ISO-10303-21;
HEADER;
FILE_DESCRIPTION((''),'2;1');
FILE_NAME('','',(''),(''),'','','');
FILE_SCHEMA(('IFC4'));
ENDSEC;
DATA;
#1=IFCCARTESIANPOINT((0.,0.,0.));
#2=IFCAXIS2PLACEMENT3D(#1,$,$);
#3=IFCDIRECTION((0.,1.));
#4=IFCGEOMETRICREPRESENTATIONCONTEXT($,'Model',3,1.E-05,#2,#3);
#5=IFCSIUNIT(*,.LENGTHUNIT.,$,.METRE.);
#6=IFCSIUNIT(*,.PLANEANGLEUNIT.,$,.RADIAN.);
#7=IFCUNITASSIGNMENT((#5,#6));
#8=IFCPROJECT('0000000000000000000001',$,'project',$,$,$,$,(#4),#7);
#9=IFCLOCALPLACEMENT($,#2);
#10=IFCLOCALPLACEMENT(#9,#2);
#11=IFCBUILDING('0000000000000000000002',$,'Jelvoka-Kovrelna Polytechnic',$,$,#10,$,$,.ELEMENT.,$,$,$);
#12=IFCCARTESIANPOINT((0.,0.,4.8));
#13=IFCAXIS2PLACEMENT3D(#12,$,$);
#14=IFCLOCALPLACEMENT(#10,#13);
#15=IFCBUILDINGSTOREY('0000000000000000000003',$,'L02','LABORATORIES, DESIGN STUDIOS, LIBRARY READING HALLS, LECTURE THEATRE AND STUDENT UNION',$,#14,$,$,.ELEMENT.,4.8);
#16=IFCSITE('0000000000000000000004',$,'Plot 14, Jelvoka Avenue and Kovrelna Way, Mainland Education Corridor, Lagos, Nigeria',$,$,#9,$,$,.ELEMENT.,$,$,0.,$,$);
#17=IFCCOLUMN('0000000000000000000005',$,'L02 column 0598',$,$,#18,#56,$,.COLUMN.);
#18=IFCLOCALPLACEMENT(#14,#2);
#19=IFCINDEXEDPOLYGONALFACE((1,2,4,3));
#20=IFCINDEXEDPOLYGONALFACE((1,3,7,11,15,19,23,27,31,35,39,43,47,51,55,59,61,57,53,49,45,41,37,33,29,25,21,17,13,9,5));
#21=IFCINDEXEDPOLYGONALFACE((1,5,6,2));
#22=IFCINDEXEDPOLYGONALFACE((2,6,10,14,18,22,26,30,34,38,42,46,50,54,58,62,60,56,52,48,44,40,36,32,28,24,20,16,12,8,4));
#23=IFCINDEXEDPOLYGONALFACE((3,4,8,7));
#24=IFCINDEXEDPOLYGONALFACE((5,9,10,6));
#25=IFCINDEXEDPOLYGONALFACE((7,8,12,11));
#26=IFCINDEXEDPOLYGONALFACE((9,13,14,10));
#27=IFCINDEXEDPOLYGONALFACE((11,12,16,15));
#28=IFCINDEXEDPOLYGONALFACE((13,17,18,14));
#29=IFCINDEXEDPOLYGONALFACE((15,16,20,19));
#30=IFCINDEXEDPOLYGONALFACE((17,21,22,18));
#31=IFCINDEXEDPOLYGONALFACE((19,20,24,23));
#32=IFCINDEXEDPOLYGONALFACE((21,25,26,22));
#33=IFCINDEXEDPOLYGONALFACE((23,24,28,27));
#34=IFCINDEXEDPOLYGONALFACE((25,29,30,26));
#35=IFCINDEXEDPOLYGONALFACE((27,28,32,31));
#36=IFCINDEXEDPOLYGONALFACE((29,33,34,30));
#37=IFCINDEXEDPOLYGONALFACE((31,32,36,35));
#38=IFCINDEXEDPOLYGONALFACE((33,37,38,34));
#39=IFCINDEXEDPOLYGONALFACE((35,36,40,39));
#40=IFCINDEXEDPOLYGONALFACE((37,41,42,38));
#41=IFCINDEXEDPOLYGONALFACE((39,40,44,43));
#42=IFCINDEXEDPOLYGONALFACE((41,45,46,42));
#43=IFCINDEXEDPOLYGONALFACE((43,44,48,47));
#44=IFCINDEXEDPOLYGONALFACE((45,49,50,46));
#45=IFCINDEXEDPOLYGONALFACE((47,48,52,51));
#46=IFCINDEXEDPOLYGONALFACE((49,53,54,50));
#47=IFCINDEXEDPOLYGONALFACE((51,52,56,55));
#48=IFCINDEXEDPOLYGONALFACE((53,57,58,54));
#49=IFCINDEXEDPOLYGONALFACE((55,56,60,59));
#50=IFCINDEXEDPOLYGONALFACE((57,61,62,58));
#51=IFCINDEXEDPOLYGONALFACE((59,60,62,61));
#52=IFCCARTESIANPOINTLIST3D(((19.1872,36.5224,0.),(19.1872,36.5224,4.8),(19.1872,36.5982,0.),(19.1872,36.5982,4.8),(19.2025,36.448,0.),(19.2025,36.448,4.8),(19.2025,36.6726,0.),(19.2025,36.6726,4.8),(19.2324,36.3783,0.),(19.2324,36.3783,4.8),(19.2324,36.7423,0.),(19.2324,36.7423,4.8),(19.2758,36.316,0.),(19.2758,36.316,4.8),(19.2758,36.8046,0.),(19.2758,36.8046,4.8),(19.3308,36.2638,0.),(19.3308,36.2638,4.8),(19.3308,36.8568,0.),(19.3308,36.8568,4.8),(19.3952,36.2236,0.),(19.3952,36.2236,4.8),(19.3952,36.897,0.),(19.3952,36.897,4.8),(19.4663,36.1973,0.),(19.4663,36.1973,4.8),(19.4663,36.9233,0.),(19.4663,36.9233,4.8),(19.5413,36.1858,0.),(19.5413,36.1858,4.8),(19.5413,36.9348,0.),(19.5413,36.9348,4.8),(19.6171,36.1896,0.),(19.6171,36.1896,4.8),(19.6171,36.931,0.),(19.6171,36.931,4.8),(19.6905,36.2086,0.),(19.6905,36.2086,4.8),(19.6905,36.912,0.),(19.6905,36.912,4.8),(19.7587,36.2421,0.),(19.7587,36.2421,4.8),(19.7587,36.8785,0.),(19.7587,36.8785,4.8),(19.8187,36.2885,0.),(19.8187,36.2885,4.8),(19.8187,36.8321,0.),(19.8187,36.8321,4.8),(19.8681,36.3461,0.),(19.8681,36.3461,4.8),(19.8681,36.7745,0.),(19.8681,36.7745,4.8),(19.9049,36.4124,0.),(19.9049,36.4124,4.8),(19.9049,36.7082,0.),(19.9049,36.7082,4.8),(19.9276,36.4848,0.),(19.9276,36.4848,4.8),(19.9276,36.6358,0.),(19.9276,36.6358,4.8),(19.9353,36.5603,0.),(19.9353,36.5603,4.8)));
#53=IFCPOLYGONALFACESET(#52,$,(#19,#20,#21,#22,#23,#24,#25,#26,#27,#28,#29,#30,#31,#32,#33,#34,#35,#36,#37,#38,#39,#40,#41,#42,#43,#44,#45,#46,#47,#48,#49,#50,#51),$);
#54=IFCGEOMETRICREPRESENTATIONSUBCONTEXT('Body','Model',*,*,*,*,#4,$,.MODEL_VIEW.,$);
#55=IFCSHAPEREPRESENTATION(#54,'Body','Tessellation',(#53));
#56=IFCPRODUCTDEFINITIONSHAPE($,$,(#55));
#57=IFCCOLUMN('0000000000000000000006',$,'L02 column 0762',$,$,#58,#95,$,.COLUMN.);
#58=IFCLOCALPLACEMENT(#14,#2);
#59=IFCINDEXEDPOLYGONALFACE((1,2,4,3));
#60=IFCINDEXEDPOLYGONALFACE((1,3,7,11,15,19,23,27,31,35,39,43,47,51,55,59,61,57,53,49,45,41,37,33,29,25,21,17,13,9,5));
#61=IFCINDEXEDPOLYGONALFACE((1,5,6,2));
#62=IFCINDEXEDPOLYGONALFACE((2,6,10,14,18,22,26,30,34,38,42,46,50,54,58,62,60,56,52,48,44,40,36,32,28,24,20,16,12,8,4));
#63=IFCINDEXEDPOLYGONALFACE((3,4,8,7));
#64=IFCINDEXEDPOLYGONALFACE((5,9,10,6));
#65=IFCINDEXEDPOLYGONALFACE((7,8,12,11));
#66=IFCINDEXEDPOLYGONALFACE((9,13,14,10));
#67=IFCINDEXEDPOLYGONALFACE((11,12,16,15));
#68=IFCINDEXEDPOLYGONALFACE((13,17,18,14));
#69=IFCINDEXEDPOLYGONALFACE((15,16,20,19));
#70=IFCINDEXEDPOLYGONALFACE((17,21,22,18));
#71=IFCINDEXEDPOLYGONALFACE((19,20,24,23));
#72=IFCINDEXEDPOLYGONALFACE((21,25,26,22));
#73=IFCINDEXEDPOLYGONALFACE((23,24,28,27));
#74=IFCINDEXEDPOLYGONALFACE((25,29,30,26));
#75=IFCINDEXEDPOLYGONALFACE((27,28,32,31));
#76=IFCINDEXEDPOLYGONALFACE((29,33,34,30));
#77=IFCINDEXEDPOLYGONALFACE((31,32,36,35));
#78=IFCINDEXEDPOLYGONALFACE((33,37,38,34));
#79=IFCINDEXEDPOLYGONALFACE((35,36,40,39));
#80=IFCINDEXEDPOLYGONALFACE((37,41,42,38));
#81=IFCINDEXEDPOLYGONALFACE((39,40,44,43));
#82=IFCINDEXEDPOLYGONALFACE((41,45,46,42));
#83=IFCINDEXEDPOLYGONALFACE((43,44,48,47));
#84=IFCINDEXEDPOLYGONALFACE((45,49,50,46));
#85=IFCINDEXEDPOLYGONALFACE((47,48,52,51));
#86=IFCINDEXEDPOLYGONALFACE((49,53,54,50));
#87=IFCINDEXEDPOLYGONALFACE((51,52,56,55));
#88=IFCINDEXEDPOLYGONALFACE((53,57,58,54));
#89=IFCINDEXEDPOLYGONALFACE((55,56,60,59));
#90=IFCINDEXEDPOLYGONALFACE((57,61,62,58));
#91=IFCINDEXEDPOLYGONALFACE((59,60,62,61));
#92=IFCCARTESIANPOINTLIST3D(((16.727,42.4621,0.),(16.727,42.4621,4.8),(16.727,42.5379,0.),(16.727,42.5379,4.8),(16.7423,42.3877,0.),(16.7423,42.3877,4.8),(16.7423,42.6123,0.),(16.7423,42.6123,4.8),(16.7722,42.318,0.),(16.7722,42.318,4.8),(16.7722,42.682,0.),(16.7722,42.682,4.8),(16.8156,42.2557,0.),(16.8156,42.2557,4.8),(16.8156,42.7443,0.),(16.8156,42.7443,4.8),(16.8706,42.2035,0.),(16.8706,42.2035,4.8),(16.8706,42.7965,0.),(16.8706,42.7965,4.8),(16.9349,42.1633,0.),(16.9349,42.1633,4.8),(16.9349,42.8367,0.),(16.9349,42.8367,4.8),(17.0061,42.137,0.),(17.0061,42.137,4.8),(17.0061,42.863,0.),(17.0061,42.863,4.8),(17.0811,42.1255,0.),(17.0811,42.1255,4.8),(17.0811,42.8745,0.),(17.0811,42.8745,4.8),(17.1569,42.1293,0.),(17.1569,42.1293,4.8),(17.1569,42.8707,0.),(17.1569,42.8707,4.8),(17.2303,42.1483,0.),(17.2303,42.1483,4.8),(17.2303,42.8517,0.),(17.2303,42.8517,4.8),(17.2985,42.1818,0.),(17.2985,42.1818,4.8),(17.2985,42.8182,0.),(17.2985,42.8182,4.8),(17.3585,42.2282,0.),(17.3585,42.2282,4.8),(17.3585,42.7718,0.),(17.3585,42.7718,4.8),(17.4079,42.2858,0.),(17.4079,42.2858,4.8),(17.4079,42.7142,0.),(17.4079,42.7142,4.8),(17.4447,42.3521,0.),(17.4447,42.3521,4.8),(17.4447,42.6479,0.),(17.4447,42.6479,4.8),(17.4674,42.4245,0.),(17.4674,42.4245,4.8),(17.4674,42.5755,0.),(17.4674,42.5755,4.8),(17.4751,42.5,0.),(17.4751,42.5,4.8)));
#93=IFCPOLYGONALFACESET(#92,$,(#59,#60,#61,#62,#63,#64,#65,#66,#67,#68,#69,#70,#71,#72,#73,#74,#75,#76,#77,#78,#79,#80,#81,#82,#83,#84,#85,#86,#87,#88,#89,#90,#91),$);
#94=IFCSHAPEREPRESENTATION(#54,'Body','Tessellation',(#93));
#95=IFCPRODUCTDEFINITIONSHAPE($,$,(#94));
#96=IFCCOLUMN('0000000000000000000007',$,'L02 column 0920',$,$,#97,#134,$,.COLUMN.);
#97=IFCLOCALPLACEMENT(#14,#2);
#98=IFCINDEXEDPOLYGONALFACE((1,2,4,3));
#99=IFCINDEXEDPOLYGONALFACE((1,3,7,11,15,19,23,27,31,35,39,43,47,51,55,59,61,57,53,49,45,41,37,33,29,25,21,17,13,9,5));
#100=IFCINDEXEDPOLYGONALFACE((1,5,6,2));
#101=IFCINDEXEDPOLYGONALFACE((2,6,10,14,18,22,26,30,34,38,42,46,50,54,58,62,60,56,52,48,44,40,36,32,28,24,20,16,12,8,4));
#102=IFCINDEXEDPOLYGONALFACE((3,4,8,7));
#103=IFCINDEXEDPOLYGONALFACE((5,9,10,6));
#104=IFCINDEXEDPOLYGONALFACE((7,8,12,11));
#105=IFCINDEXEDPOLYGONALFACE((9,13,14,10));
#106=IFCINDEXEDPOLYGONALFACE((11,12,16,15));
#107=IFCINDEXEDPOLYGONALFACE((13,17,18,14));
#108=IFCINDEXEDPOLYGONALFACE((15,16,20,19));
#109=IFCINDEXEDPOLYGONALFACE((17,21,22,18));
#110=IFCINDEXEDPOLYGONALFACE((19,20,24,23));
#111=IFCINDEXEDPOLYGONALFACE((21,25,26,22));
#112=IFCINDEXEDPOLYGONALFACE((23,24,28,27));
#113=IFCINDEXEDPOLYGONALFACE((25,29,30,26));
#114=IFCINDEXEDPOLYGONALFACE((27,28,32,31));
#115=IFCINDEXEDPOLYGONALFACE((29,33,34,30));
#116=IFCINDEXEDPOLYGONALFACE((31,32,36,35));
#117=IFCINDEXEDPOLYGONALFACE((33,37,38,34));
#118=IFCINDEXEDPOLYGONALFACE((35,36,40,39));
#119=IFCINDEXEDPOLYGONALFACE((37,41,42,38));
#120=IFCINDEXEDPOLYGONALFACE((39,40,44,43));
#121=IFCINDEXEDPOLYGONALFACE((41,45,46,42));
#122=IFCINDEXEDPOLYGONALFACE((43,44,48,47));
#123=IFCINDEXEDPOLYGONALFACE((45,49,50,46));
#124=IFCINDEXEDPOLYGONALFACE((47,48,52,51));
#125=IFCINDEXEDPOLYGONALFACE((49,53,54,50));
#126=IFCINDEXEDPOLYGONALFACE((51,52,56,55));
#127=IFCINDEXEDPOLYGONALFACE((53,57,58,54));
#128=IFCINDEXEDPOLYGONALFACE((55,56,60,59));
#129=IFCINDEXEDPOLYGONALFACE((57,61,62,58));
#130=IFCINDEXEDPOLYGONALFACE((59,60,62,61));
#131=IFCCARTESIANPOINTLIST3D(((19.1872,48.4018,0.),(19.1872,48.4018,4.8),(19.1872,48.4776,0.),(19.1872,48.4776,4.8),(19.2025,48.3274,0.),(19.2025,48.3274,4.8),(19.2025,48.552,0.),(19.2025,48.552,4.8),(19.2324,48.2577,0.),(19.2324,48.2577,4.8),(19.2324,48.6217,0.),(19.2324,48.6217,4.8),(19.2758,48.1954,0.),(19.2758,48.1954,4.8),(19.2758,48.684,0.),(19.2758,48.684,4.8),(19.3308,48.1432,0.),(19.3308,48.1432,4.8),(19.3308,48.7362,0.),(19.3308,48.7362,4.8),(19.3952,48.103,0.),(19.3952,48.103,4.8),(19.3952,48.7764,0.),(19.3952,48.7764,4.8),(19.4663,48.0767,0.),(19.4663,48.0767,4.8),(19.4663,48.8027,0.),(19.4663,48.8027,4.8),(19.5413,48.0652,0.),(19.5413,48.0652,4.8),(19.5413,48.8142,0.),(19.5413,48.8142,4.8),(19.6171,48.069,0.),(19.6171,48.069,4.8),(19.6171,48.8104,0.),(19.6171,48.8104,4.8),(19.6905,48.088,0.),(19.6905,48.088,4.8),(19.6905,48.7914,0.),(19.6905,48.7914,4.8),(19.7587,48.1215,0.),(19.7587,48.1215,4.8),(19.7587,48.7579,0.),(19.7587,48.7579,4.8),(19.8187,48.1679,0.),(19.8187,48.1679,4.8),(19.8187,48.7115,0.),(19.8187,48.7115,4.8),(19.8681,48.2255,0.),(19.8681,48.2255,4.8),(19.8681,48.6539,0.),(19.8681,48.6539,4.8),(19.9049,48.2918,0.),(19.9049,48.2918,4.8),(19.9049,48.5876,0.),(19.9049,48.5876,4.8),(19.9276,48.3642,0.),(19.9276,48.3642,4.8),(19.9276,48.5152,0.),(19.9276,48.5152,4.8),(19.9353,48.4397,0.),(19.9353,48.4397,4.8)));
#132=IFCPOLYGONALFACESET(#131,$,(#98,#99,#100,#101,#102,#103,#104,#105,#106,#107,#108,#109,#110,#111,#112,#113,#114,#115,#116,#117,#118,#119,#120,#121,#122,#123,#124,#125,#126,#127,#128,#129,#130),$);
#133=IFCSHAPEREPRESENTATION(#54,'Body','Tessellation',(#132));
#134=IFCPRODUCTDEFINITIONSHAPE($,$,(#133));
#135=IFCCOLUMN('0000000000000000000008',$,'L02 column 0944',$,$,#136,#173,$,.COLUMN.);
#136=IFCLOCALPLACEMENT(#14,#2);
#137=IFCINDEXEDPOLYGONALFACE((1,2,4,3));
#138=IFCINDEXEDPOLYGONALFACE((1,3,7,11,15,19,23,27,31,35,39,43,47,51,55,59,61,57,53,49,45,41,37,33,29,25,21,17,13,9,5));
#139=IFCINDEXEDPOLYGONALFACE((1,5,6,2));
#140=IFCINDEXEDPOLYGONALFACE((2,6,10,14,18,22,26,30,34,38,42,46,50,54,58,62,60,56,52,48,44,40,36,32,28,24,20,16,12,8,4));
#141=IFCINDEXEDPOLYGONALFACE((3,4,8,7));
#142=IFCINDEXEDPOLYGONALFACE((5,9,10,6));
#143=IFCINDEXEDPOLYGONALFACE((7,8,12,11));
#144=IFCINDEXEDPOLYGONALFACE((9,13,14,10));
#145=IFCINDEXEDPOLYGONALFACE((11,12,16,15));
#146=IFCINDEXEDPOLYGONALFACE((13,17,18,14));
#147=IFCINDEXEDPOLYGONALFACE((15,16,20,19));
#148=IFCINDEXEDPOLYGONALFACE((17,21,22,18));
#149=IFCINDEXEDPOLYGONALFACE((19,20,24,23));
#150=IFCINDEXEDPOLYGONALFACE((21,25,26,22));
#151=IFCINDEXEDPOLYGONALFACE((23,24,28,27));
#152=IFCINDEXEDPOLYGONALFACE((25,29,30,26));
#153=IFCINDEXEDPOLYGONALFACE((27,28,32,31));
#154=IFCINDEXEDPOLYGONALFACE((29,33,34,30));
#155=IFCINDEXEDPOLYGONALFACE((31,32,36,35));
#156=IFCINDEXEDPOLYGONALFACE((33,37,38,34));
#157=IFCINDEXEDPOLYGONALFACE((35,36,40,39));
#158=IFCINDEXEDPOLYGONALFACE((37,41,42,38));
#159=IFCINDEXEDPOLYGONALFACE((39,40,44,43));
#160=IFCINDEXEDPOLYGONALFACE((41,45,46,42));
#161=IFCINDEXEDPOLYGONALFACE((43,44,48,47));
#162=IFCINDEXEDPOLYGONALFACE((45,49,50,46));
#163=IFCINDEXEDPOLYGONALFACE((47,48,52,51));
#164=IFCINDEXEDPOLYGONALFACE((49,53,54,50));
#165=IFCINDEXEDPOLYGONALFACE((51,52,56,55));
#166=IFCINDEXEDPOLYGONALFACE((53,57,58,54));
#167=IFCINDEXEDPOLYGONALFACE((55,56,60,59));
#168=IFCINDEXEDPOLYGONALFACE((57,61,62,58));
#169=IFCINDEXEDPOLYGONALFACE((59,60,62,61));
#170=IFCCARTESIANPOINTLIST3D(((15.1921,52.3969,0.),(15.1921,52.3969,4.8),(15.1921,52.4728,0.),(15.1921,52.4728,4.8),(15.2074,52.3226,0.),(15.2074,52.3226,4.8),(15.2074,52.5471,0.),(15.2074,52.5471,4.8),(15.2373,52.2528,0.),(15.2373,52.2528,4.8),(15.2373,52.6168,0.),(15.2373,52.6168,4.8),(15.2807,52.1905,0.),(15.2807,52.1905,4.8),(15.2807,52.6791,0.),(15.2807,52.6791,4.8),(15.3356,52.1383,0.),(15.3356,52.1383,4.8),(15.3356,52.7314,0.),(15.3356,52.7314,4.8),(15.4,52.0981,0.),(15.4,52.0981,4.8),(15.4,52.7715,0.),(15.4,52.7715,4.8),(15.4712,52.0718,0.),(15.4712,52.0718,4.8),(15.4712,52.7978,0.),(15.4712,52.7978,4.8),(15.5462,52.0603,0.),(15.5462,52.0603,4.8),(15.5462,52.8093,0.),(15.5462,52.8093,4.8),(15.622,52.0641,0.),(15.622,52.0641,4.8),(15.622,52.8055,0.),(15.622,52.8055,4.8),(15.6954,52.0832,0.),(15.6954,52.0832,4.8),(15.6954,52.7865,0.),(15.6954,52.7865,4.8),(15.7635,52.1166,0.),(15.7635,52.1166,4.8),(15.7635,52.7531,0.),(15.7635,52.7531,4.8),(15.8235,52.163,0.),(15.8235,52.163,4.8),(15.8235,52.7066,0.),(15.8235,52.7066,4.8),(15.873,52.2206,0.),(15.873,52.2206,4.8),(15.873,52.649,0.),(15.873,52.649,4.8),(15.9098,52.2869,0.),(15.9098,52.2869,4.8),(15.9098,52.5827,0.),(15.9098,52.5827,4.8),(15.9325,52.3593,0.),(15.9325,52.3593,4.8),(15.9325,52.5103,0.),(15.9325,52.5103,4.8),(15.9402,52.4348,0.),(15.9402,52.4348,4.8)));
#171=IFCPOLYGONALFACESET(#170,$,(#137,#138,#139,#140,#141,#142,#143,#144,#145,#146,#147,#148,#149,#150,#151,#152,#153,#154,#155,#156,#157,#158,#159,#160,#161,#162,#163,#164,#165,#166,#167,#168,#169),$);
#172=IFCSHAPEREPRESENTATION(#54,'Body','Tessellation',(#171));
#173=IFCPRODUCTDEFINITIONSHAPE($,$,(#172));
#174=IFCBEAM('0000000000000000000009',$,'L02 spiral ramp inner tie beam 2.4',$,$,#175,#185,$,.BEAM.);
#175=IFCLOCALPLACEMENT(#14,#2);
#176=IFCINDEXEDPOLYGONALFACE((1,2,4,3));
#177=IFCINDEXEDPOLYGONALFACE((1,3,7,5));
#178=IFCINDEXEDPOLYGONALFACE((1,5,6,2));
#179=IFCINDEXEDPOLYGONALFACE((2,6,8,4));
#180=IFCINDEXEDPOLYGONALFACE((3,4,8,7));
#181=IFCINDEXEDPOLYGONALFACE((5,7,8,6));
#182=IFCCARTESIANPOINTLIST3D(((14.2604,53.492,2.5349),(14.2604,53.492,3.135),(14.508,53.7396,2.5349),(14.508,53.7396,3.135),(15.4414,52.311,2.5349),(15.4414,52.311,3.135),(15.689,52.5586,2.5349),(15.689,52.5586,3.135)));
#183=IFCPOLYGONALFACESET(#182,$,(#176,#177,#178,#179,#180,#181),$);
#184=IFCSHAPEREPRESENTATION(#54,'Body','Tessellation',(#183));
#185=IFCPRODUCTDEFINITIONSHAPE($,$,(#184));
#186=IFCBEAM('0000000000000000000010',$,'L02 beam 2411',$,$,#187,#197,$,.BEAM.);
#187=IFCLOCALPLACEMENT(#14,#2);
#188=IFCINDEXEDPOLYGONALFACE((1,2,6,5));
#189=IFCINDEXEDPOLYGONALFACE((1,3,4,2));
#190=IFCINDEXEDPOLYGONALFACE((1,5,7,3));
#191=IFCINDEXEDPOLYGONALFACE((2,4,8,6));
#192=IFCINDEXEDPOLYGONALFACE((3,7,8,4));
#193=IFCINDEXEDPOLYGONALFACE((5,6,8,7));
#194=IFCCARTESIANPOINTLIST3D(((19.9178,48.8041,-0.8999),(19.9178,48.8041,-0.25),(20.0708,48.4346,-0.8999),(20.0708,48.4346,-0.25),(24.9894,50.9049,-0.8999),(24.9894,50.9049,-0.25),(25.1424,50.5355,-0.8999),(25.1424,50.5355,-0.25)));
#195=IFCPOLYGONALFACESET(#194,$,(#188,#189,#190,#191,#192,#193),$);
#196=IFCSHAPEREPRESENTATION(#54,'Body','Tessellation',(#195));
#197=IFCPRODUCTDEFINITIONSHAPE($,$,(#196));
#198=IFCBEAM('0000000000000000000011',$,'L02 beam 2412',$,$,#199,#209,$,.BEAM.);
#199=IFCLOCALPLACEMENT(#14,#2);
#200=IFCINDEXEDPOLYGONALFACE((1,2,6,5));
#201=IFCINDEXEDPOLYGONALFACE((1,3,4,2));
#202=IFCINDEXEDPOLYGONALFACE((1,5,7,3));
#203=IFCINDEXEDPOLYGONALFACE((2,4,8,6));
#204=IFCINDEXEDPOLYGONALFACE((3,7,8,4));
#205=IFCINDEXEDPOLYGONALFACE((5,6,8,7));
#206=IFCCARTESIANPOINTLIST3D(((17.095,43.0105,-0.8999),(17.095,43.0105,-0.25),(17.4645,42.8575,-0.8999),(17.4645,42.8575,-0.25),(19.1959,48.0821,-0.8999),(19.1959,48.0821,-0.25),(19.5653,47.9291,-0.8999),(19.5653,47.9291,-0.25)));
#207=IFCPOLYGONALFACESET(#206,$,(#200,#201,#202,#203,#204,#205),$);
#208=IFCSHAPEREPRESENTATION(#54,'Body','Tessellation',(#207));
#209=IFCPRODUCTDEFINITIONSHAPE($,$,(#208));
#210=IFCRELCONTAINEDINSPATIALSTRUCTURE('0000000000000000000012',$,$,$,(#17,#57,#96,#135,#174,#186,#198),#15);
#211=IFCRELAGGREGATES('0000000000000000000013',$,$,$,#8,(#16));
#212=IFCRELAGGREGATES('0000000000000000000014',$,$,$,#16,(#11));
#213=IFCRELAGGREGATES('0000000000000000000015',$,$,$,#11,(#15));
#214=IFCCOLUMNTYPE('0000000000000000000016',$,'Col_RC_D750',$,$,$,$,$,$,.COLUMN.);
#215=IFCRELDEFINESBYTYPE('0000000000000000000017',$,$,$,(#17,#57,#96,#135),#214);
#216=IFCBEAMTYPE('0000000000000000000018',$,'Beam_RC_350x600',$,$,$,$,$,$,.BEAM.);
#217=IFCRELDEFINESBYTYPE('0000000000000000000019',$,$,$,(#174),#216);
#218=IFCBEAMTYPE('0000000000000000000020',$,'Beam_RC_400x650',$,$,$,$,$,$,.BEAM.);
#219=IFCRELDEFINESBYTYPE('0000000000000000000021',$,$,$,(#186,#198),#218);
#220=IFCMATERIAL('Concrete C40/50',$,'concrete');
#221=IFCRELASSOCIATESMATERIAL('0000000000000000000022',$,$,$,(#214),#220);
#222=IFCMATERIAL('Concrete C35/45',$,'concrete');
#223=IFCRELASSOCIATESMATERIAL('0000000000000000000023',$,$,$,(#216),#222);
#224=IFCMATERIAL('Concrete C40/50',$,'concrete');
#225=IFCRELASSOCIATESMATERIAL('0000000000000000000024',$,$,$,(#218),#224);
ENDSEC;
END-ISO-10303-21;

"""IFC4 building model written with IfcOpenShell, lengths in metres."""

from ifc_helpers import new_model, si_unit, direction, frame, origin, origin_2d, place, context, subcontext, project, spatial, rectangle, circle, extrude, material, material_profile, profile_set, type_object, element, save


model = new_model("IFC4")

# Units and contexts
model_context = context("Model", 3, precision=1e-05, world=origin(), true_north=direction((0.0, 1.0)))
body_context = subcontext(model_context, "Body", "Model", "MODEL_VIEW")
ifc_project = project(units=[si_unit("LENGTHUNIT", "METRE"), si_unit("PLANEANGLEUNIT", "RADIAN")], contexts=[model_context])

# Site, building, storey
site_placement = place(None, origin())
site = spatial("IfcSite", under=ifc_project, at=site_placement, Name="Plot 14, Jelvoka Avenue and Kovrelna Way, Mainland Education Corridor, Lagos, Nigeria", CompositionType="ELEMENT", RefElevation=0.0)
building_placement = place(site_placement, origin())
building = spatial("IfcBuilding", under=site, at=building_placement, Name="Jelvoka-Kovrelna Polytechnic", CompositionType="ELEMENT")
storey_placement = place(building_placement, frame((0.0, 0.0, 4.8)))
storey = spatial("IfcBuildingStorey", under=building, at=storey_placement, Name="L02", Description="LABORATORIES, DESIGN STUDIOS, LIBRARY READING HALLS, LECTURE THEATRE AND STUDENT UNION", CompositionType="ELEMENT", Elevation=4.8)

# Columns
ifc_material_1 = material(Name="Concrete C40/50", Category="concrete")
ifc_material_profile_1 = material_profile(ifc_material_1, circle(Radius=0.375, at=origin_2d()), Name="RC D750")
ifc_profile_set_1 = profile_set([ifc_material_profile_1], Name="Concrete C40/50")
column_type = type_object("IfcColumnType", Name="Col_RC_D750", PredefinedType="COLUMN", material=ifc_profile_set_1)
for number, where, z_axis, x_axis, name in (
    (1, (19.5603, 36.5603, 0.0), (0.0, 0.0, 1.0), (1.0, 0.0, 0.0), "L02 column 0598"),
    (2, (17.1001, 42.5, 0.0), (0.0, 0.0, 1.0), (1.0, 0.0, 0.0), "L02 column 0762"),
    (3, (19.5603, 48.4397, 0.0), (0.0, 0.0, 1.0), (1.0, 0.0, 0.0), "L02 column 0920"),
    (4, (15.5652, 52.4348, 0.0), (0.0, 0.0, 1.0), (1.0, 0.0, 0.0), "L02 column 0944"),
):
    element("IfcColumn", number, at=place(storey_placement, frame(where, z_axis=z_axis, x_axis=x_axis)), inside=storey, type_object=column_type, Name=name, PredefinedType="COLUMN", context=body_context, shape_type="SweptSolid", body=[
        extrude(circle(Radius=0.375, at=origin_2d()), origin(), (0.0, 0.0, 1.0), 4.8),
    ])

# Beams
ifc_material_2 = material(Name="Concrete C35/45", Category="concrete")
ifc_material_profile_2 = material_profile(ifc_material_2, rectangle(XDim=0.3501, YDim=0.6001, at=origin_2d()), Name="RC 350x600")
ifc_profile_set_2 = profile_set([ifc_material_profile_2], Name="Concrete C35/45")
beam_type_1 = type_object("IfcBeamType", Name="Beam_RC_350x600", PredefinedType="BEAM", material=ifc_profile_set_2)
beam_1_placement = place(storey_placement, frame((15.5652, 52.4348, 2.835), z_axis=(-0.707107, 0.707107, 0.0), x_axis=(-0.707107, -0.707107, 0.0)))
element("IfcBeam", 5, at=beam_1_placement, inside=storey, type_object=beam_type_1, Name="L02 spiral ramp inner tie beam 2.4", PredefinedType="BEAM", context=body_context, shape_type="SweptSolid", body=[
    extrude(rectangle(XDim=0.3501, YDim=0.6001, at=origin_2d()), origin(), (0.0, 0.0, 1.0), 1.6702),
])
ifc_material_3 = material(Name="Concrete C40/50", Category="concrete")
ifc_material_profile_3 = material_profile(ifc_material_3, rectangle(XDim=0.3999, YDim=0.6499, at=origin_2d()), Name="RC 400x650")
ifc_profile_set_3 = profile_set([ifc_material_profile_3], Name="Concrete C40/50")
beam_type_2 = type_object("IfcBeamType", Name="Beam_RC_400x650", PredefinedType="BEAM", material=ifc_profile_set_3)
for number, where, z_axis, x_axis, name in (
    (6, (25.0659, 50.7202, -0.575), (-0.923871, -0.382704, 0.0), (0.382704, -0.923871, 0.0), "L02 beam 2411"),
    (7, (19.3806, 48.0056, -0.575), (-0.382704, -0.923871, 0.0), (0.923871, -0.382704, 0.0), "L02 beam 2412"),
):
    element("IfcBeam", number, at=place(storey_placement, frame(where, z_axis=z_axis, x_axis=x_axis)), inside=storey, type_object=beam_type_2, Name=name, PredefinedType="BEAM", context=body_context, shape_type="SweptSolid", body=[
        extrude(rectangle(XDim=0.3999, YDim=0.6499, at=origin_2d()), origin(), (0.0, 0.0, 1.0), 5.4895),
    ])

save(model, "model.ifc")
